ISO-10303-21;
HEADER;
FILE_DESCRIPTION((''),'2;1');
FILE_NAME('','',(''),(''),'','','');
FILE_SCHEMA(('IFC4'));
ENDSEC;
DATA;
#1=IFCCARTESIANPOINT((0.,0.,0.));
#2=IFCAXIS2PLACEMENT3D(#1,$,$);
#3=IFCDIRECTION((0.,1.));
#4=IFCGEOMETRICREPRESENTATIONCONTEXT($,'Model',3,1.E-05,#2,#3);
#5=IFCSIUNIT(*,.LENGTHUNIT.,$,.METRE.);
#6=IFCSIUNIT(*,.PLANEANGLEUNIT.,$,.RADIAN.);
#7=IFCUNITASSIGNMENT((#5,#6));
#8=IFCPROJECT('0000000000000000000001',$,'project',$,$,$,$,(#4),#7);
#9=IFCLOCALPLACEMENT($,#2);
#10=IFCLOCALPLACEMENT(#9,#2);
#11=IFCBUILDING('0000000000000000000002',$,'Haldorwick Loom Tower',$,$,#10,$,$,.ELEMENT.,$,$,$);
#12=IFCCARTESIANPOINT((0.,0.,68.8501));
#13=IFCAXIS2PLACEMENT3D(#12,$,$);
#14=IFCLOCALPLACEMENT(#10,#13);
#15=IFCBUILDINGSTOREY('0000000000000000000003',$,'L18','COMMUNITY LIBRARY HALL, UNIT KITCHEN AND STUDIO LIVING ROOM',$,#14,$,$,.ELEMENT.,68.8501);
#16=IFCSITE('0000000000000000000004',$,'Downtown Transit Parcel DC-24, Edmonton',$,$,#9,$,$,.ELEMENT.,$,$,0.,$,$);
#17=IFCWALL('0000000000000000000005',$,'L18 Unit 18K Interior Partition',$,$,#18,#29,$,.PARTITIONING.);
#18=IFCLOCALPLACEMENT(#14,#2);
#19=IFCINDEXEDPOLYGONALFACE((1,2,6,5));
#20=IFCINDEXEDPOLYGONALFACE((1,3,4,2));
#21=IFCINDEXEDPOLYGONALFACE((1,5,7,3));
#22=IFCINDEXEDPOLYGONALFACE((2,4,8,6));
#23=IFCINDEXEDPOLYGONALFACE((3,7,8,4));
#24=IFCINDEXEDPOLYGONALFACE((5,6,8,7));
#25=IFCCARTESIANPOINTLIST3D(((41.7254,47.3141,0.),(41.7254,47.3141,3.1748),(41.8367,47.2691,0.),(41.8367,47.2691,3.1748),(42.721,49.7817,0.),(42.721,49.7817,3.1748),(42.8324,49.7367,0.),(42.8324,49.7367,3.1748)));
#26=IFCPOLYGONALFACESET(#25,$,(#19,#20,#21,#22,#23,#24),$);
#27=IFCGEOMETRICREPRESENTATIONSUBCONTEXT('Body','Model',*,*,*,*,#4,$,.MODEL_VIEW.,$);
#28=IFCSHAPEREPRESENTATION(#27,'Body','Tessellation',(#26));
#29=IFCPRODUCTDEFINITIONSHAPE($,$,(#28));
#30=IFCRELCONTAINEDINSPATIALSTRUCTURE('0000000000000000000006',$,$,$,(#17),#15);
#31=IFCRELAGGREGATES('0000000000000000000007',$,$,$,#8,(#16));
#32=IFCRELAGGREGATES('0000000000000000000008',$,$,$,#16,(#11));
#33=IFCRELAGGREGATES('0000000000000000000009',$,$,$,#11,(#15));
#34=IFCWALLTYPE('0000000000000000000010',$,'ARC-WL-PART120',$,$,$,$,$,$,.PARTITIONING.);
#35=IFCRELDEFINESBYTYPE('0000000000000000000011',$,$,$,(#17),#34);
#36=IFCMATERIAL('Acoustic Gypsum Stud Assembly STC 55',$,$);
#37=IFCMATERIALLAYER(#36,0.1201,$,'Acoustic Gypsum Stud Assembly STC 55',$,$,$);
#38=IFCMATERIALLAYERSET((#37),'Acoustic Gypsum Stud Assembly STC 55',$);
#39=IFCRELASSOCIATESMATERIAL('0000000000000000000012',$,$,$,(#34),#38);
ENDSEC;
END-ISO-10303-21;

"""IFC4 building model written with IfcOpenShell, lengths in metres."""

from ifc_helpers import new_model, si_unit, direction, frame, frame_2d, origin, place, context, subcontext, project, spatial, rectangle, extrude, material, layer, layer_set, type_object, element, save


model = new_model("IFC4")

# Units and contexts
model_context = context("Model", 3, precision=1e-05, world=origin(), true_north=direction((0.0, 1.0)))
body_context = subcontext(model_context, "Body", "Model", "MODEL_VIEW")
ifc_project = project(units=[si_unit("LENGTHUNIT", "METRE"), si_unit("PLANEANGLEUNIT", "RADIAN")], contexts=[model_context])

# Site, building, storey
site_placement = place(None, origin())
site = spatial("IfcSite", under=ifc_project, at=site_placement, Name="Downtown Transit Parcel DC-24, Edmonton", CompositionType="ELEMENT", RefElevation=0.0)
building_placement = place(site_placement, origin())
building = spatial("IfcBuilding", under=site, at=building_placement, Name="Haldorwick Loom Tower", CompositionType="ELEMENT")
storey_placement = place(building_placement, frame((0.0, 0.0, 68.8501)))
storey = spatial("IfcBuildingStorey", under=building, at=storey_placement, Name="L18", Description="COMMUNITY LIBRARY HALL, UNIT KITCHEN AND STUDIO LIVING ROOM", CompositionType="ELEMENT", Elevation=68.8501)

# Shared definitions
ifc_material_1 = material(Name="Acoustic Gypsum Stud Assembly STC 55")
ifc_layer_1 = layer(ifc_material_1, 0.1201, Name="Acoustic Gypsum Stud Assembly STC 55")
ifc_layer_set_1 = layer_set([ifc_layer_1], Name="Acoustic Gypsum Stud Assembly STC 55")
wall_type_1 = type_object("IfcWallType", Name="ARC-WL-PART120", PredefinedType="PARTITIONING", material=ifc_layer_set_1)

# Wall
wall_1_placement = place(storey_placement, frame((41.781, 47.2915, 0.0), z_axis=(0.0, 0.0, 1.0), x_axis=(0.374173, 0.927359, 0.0)))
element("IfcWall", 1, at=wall_1_placement, inside=storey, type_object=wall_type_1, Name="L18 Unit 18K Interior Partition", PredefinedType="PARTITIONING", context=body_context, shape_type="SweptSolid", body=[
    extrude(rectangle(XDim=2.6609, YDim=0.1201, at=frame_2d((1.3306, 0.0))), origin(), (0.0, 0.0, 1.0), 3.1748),
])

save(model, "model.ifc")
